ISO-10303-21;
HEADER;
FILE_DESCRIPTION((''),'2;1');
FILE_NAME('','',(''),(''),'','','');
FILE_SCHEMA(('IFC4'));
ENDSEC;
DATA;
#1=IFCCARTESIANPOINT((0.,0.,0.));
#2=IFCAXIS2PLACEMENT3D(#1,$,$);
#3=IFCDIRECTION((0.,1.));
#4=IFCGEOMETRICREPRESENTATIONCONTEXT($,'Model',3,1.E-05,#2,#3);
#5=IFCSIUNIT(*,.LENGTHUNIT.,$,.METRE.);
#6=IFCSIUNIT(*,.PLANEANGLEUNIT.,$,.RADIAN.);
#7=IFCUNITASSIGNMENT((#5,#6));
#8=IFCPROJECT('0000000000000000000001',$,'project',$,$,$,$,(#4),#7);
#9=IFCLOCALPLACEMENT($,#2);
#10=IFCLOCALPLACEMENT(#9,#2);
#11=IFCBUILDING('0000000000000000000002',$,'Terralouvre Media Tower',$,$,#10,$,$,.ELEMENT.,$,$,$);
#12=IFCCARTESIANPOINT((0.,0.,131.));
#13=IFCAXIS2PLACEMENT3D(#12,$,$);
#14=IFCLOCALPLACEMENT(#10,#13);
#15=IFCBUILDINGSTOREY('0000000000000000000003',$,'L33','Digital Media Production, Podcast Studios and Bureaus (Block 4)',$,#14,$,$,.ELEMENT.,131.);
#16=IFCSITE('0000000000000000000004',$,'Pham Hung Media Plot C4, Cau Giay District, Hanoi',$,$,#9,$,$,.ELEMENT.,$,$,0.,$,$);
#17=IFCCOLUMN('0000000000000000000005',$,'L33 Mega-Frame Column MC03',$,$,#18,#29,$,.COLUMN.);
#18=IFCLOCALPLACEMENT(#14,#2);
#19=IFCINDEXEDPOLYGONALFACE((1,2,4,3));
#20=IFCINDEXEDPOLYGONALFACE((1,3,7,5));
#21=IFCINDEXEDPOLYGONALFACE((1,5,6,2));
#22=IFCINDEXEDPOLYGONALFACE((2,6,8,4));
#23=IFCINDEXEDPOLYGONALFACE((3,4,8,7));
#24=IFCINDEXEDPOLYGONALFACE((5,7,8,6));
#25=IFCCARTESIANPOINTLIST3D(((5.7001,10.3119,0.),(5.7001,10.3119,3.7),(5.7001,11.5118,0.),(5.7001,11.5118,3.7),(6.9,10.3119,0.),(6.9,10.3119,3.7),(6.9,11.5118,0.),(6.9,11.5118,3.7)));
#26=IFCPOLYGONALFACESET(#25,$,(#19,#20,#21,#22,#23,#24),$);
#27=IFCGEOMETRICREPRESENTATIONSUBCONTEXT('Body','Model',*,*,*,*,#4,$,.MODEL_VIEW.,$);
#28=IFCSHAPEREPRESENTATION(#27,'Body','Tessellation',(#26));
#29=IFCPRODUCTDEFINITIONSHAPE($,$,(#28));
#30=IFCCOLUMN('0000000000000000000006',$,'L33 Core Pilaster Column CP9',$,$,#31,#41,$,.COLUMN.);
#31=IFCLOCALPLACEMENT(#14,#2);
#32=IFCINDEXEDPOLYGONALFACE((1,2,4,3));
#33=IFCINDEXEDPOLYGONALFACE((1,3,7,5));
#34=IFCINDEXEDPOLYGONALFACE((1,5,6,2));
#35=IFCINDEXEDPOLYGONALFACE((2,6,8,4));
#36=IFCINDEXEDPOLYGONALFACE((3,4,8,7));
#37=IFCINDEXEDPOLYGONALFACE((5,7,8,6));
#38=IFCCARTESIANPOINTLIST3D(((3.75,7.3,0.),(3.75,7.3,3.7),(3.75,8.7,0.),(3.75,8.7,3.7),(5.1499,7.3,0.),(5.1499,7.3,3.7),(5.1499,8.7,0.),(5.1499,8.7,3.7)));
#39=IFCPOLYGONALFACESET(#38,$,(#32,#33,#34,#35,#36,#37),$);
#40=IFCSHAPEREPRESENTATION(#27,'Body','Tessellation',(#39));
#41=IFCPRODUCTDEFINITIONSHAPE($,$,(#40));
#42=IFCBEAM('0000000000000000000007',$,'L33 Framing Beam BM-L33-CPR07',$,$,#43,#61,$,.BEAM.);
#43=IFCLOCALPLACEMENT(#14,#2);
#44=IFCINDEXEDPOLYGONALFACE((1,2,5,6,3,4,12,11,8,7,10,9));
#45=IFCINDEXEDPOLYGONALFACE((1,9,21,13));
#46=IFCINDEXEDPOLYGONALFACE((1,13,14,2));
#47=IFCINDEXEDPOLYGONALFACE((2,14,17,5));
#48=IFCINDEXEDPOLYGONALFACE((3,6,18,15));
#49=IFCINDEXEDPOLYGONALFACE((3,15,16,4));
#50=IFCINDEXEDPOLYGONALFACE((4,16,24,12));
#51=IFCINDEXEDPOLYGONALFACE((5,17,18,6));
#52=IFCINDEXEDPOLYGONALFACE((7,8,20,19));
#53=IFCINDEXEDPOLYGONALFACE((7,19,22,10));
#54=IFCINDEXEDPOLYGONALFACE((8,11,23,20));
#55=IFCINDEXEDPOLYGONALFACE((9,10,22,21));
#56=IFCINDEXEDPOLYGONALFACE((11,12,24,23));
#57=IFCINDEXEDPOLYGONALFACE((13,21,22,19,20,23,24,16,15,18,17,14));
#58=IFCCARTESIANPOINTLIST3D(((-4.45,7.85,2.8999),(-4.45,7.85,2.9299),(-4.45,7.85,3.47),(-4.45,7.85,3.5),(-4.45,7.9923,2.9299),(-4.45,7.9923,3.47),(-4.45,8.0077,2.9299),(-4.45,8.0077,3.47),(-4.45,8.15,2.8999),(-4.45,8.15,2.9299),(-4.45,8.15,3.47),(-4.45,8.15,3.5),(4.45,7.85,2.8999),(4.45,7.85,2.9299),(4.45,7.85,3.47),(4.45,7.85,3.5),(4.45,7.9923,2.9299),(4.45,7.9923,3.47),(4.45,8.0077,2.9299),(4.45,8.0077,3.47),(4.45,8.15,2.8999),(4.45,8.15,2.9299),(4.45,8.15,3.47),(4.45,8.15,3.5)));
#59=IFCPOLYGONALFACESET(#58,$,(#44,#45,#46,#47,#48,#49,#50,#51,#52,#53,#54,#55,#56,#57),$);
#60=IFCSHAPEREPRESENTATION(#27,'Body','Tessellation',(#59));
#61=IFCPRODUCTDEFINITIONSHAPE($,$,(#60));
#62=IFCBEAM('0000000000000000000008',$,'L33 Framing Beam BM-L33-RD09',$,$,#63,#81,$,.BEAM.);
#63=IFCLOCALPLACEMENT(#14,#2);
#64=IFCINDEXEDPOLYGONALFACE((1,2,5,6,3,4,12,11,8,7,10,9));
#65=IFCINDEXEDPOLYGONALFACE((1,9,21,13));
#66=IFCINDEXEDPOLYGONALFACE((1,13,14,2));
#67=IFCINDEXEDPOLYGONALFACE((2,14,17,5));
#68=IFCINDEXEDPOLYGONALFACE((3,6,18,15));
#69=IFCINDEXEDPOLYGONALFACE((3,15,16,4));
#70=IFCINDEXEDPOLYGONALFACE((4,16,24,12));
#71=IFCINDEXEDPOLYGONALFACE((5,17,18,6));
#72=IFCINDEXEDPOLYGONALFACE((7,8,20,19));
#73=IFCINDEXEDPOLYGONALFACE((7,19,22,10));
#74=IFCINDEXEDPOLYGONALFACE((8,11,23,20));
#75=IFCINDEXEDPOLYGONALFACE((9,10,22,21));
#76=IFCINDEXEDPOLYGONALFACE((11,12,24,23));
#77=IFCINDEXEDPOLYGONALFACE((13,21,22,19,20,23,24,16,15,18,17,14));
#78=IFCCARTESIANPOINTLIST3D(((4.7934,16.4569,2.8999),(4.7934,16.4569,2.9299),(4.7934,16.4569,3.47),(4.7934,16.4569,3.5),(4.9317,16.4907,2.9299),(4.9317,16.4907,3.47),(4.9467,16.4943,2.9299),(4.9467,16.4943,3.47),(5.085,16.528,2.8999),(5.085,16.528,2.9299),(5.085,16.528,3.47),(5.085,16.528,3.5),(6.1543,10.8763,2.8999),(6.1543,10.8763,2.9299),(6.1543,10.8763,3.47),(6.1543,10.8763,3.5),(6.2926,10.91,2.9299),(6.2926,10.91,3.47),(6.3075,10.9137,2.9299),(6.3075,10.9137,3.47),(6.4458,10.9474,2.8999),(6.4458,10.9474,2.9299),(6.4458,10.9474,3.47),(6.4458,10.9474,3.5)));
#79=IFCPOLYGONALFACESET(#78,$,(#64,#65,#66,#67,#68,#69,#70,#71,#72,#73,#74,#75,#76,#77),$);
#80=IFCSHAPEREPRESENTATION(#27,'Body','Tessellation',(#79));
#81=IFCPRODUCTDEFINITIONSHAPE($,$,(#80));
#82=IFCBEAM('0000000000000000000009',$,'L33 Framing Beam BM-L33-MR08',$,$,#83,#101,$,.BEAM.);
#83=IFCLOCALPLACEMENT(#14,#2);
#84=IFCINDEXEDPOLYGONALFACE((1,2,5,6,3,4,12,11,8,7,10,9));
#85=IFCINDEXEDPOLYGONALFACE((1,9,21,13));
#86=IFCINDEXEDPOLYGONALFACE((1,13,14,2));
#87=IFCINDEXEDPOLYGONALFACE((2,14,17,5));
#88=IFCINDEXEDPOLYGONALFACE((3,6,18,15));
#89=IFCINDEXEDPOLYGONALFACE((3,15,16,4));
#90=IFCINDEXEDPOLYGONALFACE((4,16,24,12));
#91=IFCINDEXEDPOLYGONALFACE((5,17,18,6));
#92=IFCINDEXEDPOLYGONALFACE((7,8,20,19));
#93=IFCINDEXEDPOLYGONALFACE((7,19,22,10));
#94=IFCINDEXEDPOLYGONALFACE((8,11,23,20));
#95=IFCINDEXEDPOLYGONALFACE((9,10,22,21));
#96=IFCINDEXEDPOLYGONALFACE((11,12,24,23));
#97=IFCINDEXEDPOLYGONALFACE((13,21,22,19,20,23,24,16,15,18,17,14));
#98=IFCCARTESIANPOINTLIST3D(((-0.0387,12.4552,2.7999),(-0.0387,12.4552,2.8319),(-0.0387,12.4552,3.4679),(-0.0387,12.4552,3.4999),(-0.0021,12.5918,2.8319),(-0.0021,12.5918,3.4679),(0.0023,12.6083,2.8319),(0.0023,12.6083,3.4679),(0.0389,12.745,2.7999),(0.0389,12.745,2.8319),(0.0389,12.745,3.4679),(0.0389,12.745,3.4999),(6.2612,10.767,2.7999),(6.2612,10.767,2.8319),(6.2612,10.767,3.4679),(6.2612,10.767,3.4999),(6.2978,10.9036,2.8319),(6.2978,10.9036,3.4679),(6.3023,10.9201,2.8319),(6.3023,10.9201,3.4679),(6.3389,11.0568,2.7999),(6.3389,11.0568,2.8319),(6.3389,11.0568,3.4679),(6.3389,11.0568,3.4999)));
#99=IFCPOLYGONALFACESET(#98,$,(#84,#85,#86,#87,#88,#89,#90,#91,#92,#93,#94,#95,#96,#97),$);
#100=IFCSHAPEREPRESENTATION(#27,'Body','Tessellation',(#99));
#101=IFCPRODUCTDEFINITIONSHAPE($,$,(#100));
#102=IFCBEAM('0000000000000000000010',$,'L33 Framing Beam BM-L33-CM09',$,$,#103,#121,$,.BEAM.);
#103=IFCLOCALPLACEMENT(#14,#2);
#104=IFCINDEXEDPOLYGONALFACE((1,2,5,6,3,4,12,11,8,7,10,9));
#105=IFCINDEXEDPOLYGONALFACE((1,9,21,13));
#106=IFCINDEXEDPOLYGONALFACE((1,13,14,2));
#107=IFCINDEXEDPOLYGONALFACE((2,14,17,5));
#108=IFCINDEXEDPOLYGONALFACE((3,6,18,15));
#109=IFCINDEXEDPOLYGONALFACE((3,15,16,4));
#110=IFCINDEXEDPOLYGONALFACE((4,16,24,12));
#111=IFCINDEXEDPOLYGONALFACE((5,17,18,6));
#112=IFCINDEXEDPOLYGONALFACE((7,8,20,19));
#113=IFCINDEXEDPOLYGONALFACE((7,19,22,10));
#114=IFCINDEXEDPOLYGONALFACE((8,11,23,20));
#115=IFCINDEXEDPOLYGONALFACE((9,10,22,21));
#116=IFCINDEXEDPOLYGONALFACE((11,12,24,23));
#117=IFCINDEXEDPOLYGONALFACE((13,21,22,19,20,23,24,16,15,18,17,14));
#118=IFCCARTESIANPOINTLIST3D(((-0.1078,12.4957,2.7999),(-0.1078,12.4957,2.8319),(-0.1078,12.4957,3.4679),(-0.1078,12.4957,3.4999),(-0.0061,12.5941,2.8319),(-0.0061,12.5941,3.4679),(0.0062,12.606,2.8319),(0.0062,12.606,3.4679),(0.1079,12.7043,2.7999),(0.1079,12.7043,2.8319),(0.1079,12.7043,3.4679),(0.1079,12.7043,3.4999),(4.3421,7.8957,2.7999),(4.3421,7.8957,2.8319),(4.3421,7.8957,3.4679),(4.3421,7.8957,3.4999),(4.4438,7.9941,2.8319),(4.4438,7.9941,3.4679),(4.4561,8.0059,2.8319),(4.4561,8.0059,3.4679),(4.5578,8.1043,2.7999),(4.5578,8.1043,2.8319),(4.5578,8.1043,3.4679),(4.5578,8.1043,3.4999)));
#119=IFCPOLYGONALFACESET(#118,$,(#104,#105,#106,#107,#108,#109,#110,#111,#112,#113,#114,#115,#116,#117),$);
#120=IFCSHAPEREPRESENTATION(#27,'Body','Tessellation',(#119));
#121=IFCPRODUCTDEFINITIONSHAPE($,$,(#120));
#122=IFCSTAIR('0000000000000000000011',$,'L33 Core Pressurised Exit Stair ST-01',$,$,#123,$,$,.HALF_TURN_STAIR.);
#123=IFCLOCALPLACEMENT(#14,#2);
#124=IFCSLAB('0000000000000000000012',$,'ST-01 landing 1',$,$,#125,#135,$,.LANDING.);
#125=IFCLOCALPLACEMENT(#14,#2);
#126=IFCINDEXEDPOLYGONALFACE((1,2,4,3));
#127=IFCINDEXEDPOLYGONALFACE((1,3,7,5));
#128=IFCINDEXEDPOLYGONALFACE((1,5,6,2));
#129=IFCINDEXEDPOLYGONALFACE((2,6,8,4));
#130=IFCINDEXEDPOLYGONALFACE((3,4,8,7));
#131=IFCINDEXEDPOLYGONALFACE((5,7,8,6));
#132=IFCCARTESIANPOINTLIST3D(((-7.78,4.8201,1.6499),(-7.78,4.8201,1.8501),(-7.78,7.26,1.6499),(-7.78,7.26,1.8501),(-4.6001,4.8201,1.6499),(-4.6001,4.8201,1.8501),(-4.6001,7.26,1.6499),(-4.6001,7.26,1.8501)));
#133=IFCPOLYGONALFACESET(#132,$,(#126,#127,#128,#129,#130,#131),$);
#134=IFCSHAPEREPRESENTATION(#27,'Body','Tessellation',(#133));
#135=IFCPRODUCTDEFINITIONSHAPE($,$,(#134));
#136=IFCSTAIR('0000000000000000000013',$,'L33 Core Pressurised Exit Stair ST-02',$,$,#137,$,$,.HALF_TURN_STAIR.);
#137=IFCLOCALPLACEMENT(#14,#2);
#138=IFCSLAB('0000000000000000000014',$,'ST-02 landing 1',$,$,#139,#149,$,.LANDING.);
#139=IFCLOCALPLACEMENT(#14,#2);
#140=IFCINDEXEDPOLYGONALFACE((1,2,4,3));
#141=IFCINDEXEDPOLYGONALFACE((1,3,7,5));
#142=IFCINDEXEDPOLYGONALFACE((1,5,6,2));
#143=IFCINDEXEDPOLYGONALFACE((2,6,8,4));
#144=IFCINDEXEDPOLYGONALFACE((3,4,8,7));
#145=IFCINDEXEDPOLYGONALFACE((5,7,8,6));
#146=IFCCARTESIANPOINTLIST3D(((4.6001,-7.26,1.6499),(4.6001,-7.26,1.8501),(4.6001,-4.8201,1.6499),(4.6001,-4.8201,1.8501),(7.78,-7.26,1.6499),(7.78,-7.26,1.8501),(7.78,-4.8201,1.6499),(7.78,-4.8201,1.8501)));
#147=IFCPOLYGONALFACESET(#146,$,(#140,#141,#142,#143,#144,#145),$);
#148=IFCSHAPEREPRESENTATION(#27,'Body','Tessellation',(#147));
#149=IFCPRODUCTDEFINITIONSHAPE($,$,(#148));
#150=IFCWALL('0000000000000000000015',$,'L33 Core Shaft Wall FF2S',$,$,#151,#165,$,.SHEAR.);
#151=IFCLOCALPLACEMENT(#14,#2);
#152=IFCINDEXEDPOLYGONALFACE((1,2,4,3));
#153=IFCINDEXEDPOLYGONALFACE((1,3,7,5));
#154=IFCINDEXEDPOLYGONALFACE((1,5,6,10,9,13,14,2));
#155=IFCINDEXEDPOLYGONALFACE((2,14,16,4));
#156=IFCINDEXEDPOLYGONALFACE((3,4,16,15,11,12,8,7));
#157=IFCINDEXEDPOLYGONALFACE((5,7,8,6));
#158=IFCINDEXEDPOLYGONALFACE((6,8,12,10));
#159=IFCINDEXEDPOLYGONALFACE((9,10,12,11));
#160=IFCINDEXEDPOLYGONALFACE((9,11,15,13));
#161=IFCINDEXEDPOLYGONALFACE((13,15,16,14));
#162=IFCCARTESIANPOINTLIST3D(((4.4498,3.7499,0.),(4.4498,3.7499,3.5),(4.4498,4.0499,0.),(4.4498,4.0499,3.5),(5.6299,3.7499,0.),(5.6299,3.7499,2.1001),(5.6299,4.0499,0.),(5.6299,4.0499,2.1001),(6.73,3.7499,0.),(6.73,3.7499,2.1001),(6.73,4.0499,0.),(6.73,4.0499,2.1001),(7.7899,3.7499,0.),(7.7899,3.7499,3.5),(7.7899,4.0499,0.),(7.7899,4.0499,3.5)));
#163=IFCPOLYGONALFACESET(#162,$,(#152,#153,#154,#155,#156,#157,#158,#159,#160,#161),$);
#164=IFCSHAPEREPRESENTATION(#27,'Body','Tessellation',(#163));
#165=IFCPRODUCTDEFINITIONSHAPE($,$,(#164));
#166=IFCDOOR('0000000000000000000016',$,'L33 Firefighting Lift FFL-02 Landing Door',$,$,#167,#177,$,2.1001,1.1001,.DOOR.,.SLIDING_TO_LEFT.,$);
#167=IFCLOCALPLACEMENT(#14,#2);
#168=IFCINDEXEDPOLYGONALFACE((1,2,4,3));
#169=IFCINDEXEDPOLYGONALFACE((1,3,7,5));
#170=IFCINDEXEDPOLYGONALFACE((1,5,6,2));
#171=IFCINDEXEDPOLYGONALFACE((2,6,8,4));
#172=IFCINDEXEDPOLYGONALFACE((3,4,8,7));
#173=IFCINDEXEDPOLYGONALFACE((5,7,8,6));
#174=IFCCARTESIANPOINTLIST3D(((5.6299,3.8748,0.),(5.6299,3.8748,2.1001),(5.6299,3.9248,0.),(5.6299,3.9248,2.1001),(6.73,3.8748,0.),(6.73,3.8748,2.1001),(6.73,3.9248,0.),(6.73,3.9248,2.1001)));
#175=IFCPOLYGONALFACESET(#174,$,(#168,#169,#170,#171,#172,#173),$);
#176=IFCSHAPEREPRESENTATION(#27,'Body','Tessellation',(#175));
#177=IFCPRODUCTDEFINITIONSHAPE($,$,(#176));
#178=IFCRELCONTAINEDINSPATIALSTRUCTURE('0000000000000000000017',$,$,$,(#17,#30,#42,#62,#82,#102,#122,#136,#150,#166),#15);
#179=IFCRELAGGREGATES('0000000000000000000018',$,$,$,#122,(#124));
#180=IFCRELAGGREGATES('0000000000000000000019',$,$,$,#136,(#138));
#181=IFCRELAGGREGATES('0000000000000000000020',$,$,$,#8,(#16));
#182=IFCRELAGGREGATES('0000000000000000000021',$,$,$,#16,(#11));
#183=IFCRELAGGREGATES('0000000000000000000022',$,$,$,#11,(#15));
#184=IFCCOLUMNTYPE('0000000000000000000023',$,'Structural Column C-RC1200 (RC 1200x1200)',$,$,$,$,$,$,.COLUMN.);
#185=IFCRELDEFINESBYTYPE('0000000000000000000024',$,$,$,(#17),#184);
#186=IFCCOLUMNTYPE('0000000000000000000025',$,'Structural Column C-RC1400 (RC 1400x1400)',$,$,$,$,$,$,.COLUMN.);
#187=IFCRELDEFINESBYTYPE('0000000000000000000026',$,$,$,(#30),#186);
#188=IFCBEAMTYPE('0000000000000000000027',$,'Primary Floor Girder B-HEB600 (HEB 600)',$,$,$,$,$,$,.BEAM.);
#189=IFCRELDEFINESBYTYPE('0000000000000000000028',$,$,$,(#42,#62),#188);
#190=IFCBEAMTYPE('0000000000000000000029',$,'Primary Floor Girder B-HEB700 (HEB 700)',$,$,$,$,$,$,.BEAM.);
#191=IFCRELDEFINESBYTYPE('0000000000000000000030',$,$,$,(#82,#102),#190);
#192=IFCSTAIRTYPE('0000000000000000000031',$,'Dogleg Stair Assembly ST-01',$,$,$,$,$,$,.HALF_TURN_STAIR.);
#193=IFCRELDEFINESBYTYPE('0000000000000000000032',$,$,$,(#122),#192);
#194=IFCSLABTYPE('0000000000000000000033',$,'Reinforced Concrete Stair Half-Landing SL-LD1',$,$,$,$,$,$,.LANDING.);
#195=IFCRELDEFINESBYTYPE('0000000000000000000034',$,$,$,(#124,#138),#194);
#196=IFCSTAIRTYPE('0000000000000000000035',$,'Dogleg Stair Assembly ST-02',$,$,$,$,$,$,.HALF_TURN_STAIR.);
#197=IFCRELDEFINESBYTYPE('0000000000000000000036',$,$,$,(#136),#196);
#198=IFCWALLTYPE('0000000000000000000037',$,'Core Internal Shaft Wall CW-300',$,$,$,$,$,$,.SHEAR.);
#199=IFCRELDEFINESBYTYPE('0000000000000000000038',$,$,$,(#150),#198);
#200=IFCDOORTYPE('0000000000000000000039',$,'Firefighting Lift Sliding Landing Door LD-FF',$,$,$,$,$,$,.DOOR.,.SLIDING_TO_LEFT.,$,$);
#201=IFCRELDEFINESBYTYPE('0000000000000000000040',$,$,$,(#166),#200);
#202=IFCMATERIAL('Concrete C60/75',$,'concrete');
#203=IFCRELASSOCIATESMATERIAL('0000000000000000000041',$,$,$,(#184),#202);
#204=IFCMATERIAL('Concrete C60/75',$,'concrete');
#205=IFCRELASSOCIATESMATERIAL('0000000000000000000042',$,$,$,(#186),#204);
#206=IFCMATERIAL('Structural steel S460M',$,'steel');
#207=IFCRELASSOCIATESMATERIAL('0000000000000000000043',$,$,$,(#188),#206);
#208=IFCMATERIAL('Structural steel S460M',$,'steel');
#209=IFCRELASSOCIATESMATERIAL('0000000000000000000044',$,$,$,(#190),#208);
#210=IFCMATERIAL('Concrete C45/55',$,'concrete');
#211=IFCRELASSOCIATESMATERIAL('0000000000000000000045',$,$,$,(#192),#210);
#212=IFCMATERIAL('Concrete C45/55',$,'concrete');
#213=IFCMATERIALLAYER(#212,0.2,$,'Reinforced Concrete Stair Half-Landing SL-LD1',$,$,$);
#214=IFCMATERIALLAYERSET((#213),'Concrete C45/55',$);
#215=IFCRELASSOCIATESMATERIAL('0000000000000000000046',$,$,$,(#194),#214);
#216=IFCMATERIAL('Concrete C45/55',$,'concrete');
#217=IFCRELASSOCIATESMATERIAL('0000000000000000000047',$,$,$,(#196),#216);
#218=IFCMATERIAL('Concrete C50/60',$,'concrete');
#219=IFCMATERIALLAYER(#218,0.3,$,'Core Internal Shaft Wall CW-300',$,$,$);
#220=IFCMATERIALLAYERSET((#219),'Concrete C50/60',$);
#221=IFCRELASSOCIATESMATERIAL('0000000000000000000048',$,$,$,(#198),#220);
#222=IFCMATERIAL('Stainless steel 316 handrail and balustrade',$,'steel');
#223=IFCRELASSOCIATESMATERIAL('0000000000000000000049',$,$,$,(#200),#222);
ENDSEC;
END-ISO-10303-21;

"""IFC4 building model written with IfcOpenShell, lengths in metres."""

from ifc_helpers import new_model, si_unit, direction, frame, frame_2d, origin, origin_2d, place, context, subcontext, project, spatial, polyline, rectangle, i_section, outline, extrude, material, layer, layer_set, material_profile, profile_set, type_object, element, fill, aggregate, save


model = new_model("IFC4")

# Units and contexts
model_context = context("Model", 3, precision=1e-05, world=origin(), true_north=direction((0.0, 1.0)))
body_context = subcontext(model_context, "Body", "Model", "MODEL_VIEW")
ifc_project = project(units=[si_unit("LENGTHUNIT", "METRE"), si_unit("PLANEANGLEUNIT", "RADIAN")], contexts=[model_context])

# Site, building, storey
site_placement = place(None, origin())
site = spatial("IfcSite", under=ifc_project, at=site_placement, Name="Pham Hung Media Plot C4, Cau Giay District, Hanoi", CompositionType="ELEMENT", RefElevation=0.0)
building_placement = place(site_placement, origin())
building = spatial("IfcBuilding", under=site, at=building_placement, Name="Terralouvre Media Tower", CompositionType="ELEMENT")
storey_placement = place(building_placement, frame((0.0, 0.0, 131.0)))
storey = spatial("IfcBuildingStorey", under=building, at=storey_placement, Name="L33", Description="Digital Media Production, Podcast Studios and Bureaus (Block 4)", CompositionType="ELEMENT", Elevation=131.0)

# Columns
ifc_material_1 = material(Name="Concrete C60/75", Category="concrete")
ifc_material_profile_1 = material_profile(ifc_material_1, rectangle(XDim=1.2, YDim=1.2, at=origin_2d()), Name="RC 1200x1200")
ifc_profile_set_1 = profile_set([ifc_material_profile_1], Name="Concrete C60/75")
column_type_1 = type_object("IfcColumnType", Name="Structural Column C-RC1200 (RC 1200x1200)", PredefinedType="COLUMN", material=ifc_profile_set_1)
column_1_placement = place(storey_placement, frame((6.3, 10.9119, 0.0), z_axis=(0.0, 0.0, 1.0), x_axis=(1.0, 0.0, 0.0)))
element("IfcColumn", 1, at=column_1_placement, inside=storey, type_object=column_type_1, Name="L33 Mega-Frame Column MC03", PredefinedType="COLUMN", context=body_context, shape_type="SweptSolid", body=[
    extrude(rectangle(XDim=1.2, YDim=1.2, at=origin_2d()), origin(), (0.0, 0.0, 1.0), 3.7),
])
ifc_material_2 = material(Name="Concrete C60/75", Category="concrete")
ifc_material_profile_2 = material_profile(ifc_material_2, rectangle(XDim=1.3999, YDim=1.3999, at=origin_2d()), Name="RC 1400x1400")
ifc_profile_set_2 = profile_set([ifc_material_profile_2], Name="Concrete C60/75")
column_type_2 = type_object("IfcColumnType", Name="Structural Column C-RC1400 (RC 1400x1400)", PredefinedType="COLUMN", material=ifc_profile_set_2)
column_2_placement = place(storey_placement, frame((4.45, 8.0, 0.0), z_axis=(0.0, 0.0, 1.0), x_axis=(1.0, 0.0, 0.0)))
element("IfcColumn", 2, at=column_2_placement, inside=storey, type_object=column_type_2, Name="L33 Core Pilaster Column CP9", PredefinedType="COLUMN", context=body_context, shape_type="SweptSolid", body=[
    extrude(rectangle(XDim=1.3999, YDim=1.3999, at=origin_2d()), origin(), (0.0, 0.0, 1.0), 3.7),
])

# Beams
ifc_material_3 = material(Name="Structural steel S460M", Category="steel")
ifc_material_profile_3 = material_profile(ifc_material_3, i_section(OverallWidth=0.3, OverallDepth=0.6001, WebThickness=0.0154, FlangeThickness=0.03, at=origin_2d()), Name="HEB 600")
ifc_profile_set_3 = profile_set([ifc_material_profile_3], Name="Structural steel S460M")
beam_type_1 = type_object("IfcBeamType", Name="Primary Floor Girder B-HEB600 (HEB 600)", PredefinedType="BEAM", material=ifc_profile_set_3)
beam_1_placement = place(storey_placement, frame((4.45, 8.0, 3.2), z_axis=(-1.0, 0.0, 0.0), x_axis=(0.0, -1.0, 0.0)))
element("IfcBeam", 3, at=beam_1_placement, inside=storey, type_object=beam_type_1, Name="L33 Framing Beam BM-L33-CPR07", PredefinedType="BEAM", context=body_context, shape_type="SweptSolid", body=[
    extrude(i_section(OverallWidth=0.3, OverallDepth=0.6001, WebThickness=0.0154, FlangeThickness=0.03, at=origin_2d()), origin(), (0.0, 0.0, 1.0), 8.8999),
])
beam_2_placement = place(storey_placement, frame((6.3, 10.9119, 3.2), z_axis=(-0.236911, 0.971531, 0.0), x_axis=(-0.971531, -0.236911, 0.0)))
element("IfcBeam", 4, at=beam_2_placement, inside=storey, type_object=beam_type_1, Name="L33 Framing Beam BM-L33-RD09", PredefinedType="BEAM", context=body_context, shape_type="SweptSolid", body=[
    extrude(i_section(OverallWidth=0.3, OverallDepth=0.6001, WebThickness=0.0154, FlangeThickness=0.03, at=origin_2d()), origin(), (0.0, 0.0, 1.0), 5.7441),
])
ifc_material_4 = material(Name="Structural steel S460M", Category="steel")
ifc_material_profile_4 = material_profile(ifc_material_4, i_section(OverallWidth=0.3, OverallDepth=0.7, WebThickness=0.0171, FlangeThickness=0.032, at=origin_2d()), Name="HEB 700")
ifc_profile_set_4 = profile_set([ifc_material_profile_4], Name="Structural steel S460M")
beam_type_2 = type_object("IfcBeamType", Name="Primary Floor Girder B-HEB700 (HEB 700)", PredefinedType="BEAM", material=ifc_profile_set_4)
beam_3_placement = place(storey_placement, frame((6.3, 10.9119, 3.1499), z_axis=(-0.96592, 0.258839, 0.0), x_axis=(-0.258839, -0.96592, 0.0)))
element("IfcBeam", 5, at=beam_3_placement, inside=storey, type_object=beam_type_2, Name="L33 Framing Beam BM-L33-MR08", PredefinedType="BEAM", context=body_context, shape_type="SweptSolid", body=[
    extrude(i_section(OverallWidth=0.3, OverallDepth=0.7, WebThickness=0.0171, FlangeThickness=0.032, at=origin_2d()), origin(), (0.0, 0.0, 1.0), 6.5222),
])
beam_4_placement = place(storey_placement, frame((4.45, 8.0, 3.1499), z_axis=(-0.69528, 0.718739, 0.0), x_axis=(-0.718739, -0.69528, 0.0)))
element("IfcBeam", 6, at=beam_4_placement, inside=storey, type_object=beam_type_2, Name="L33 Framing Beam BM-L33-CM09", PredefinedType="BEAM", context=body_context, shape_type="SweptSolid", body=[
    extrude(i_section(OverallWidth=0.3, OverallDepth=0.7, WebThickness=0.0171, FlangeThickness=0.032, at=origin_2d()), origin(), (0.0, 0.0, 1.0), 6.4001),
])

# Stairs, slabs
ifc_material_5 = material(Name="Concrete C45/55", Category="concrete")
stair_type_1 = type_object("IfcStairType", Name="Dogleg Stair Assembly ST-01", PredefinedType="HALF_TURN_STAIR", material=ifc_material_5)
stair_1_placement = place(storey_placement, origin())
stair_1 = element("IfcStair", 7, at=stair_1_placement, inside=storey, type_object=stair_type_1, Name="L33 Core Pressurised Exit Stair ST-01", PredefinedType="HALF_TURN_STAIR")
ifc_material_6 = material(Name="Concrete C45/55", Category="concrete")
ifc_layer_1 = layer(ifc_material_6, 0.2, Name="Reinforced Concrete Stair Half-Landing SL-LD1")
ifc_layer_set_1 = layer_set([ifc_layer_1], Name="Concrete C45/55")
slab_type = type_object("IfcSlabType", Name="Reinforced Concrete Stair Half-Landing SL-LD1", PredefinedType="LANDING", material=ifc_layer_set_1)
slab_1_placement = place(storey_placement, frame((0.0, 0.0, 1.6499)))
slab_1 = element("IfcSlab", 8, at=slab_1_placement, type_object=slab_type, Name="ST-01 landing 1", PredefinedType="LANDING", context=body_context, shape_type="SweptSolid", body=[
    extrude(outline(polyline([(-4.6001, 4.8201), (-4.6001, 7.26), (-7.78, 7.26), (-7.78, 4.8201), (-4.6001, 4.8201)])), origin(), (0.0, 0.0, 1.0), 0.2002),
])
aggregate(stair_1, [slab_1])
ifc_material_7 = material(Name="Concrete C45/55", Category="concrete")
stair_type_2 = type_object("IfcStairType", Name="Dogleg Stair Assembly ST-02", PredefinedType="HALF_TURN_STAIR", material=ifc_material_7)
stair_2_placement = place(storey_placement, origin())
stair_2 = element("IfcStair", 9, at=stair_2_placement, inside=storey, type_object=stair_type_2, Name="L33 Core Pressurised Exit Stair ST-02", PredefinedType="HALF_TURN_STAIR")
slab_2_placement = place(storey_placement, frame((0.0, 0.0, 1.6499)))
slab_2 = element("IfcSlab", 10, at=slab_2_placement, type_object=slab_type, Name="ST-02 landing 1", PredefinedType="LANDING", context=body_context, shape_type="SweptSolid", body=[
    extrude(outline(polyline([(4.6001, -4.8201), (4.6001, -7.26), (7.78, -7.26), (7.78, -4.8201), (4.6001, -4.8201)])), origin(), (0.0, 0.0, 1.0), 0.2002),
])
aggregate(stair_2, [slab_2])

# Wall, opening, door
ifc_material_8 = material(Name="Concrete C50/60", Category="concrete")
ifc_layer_2 = layer(ifc_material_8, 0.3, Name="Core Internal Shaft Wall CW-300")
ifc_layer_set_2 = layer_set([ifc_layer_2], Name="Concrete C50/60")
wall_type_1 = type_object("IfcWallType", Name="Core Internal Shaft Wall CW-300", PredefinedType="SHEAR", material=ifc_layer_set_2)
wall_1_placement = place(storey_placement, frame((4.45, 3.8999, 0.0), z_axis=(0.0, 0.0, 1.0), x_axis=(1.0, 0.0, 0.0)))
wall_1 = element("IfcWall", 11, at=wall_1_placement, inside=storey, type_object=wall_type_1, Name="L33 Core Shaft Wall FF2S", PredefinedType="SHEAR", context=body_context, shape_type="SweptSolid", body=[
    extrude(rectangle(XDim=3.3401, YDim=0.3, at=frame_2d((1.6699, 0.0))), origin(), (0.0, 0.0, 1.0), 3.5),
])
opening_1_placement = place(wall_1_placement, frame((1.1799, 0.0, 0.0)))
opening_1 = element("IfcOpeningElement", 12, at=opening_1_placement, cuts=wall_1, PredefinedType="OPENING", context=body_context, shape_type="SweptSolid", body=[
    extrude(rectangle(XDim=1.1001, YDim=2.1001, at=frame_2d((0.55, 1.05))), frame((0.0, 0.1599, 0.0), z_axis=(0.0, -1.0, 0.0), x_axis=(1.0, 0.0, 0.0)), (0.0, 0.0, 1.0), 0.3201),
])
ifc_material_9 = material(Name="Stainless steel 316 handrail and balustrade", Category="steel")
door_type_1 = type_object("IfcDoorType", Name="Firefighting Lift Sliding Landing Door LD-FF", OperationType="SLIDING_TO_LEFT", PredefinedType="DOOR", material=ifc_material_9)
door_1_placement = place(opening_1_placement, origin())
door_1 = element("IfcDoor", 13, at=door_1_placement, inside=storey, type_object=door_type_1, Name="L33 Firefighting Lift FFL-02 Landing Door", OperationType="SLIDING_TO_LEFT", OverallHeight=2.1001, OverallWidth=1.1001, PredefinedType="DOOR", context=body_context, shape_type="SweptSolid", body=[
    extrude(rectangle(XDim=1.1001, YDim=2.1001, at=frame_2d((0.55, 1.05))), frame((0.0, 0.0249, 0.0), z_axis=(0.0, -1.0, 0.0), x_axis=(1.0, 0.0, 0.0)), (0.0, 0.0, 1.0), 0.05),
])
fill(opening_1, door_1)

save(model, "model.ifc")
